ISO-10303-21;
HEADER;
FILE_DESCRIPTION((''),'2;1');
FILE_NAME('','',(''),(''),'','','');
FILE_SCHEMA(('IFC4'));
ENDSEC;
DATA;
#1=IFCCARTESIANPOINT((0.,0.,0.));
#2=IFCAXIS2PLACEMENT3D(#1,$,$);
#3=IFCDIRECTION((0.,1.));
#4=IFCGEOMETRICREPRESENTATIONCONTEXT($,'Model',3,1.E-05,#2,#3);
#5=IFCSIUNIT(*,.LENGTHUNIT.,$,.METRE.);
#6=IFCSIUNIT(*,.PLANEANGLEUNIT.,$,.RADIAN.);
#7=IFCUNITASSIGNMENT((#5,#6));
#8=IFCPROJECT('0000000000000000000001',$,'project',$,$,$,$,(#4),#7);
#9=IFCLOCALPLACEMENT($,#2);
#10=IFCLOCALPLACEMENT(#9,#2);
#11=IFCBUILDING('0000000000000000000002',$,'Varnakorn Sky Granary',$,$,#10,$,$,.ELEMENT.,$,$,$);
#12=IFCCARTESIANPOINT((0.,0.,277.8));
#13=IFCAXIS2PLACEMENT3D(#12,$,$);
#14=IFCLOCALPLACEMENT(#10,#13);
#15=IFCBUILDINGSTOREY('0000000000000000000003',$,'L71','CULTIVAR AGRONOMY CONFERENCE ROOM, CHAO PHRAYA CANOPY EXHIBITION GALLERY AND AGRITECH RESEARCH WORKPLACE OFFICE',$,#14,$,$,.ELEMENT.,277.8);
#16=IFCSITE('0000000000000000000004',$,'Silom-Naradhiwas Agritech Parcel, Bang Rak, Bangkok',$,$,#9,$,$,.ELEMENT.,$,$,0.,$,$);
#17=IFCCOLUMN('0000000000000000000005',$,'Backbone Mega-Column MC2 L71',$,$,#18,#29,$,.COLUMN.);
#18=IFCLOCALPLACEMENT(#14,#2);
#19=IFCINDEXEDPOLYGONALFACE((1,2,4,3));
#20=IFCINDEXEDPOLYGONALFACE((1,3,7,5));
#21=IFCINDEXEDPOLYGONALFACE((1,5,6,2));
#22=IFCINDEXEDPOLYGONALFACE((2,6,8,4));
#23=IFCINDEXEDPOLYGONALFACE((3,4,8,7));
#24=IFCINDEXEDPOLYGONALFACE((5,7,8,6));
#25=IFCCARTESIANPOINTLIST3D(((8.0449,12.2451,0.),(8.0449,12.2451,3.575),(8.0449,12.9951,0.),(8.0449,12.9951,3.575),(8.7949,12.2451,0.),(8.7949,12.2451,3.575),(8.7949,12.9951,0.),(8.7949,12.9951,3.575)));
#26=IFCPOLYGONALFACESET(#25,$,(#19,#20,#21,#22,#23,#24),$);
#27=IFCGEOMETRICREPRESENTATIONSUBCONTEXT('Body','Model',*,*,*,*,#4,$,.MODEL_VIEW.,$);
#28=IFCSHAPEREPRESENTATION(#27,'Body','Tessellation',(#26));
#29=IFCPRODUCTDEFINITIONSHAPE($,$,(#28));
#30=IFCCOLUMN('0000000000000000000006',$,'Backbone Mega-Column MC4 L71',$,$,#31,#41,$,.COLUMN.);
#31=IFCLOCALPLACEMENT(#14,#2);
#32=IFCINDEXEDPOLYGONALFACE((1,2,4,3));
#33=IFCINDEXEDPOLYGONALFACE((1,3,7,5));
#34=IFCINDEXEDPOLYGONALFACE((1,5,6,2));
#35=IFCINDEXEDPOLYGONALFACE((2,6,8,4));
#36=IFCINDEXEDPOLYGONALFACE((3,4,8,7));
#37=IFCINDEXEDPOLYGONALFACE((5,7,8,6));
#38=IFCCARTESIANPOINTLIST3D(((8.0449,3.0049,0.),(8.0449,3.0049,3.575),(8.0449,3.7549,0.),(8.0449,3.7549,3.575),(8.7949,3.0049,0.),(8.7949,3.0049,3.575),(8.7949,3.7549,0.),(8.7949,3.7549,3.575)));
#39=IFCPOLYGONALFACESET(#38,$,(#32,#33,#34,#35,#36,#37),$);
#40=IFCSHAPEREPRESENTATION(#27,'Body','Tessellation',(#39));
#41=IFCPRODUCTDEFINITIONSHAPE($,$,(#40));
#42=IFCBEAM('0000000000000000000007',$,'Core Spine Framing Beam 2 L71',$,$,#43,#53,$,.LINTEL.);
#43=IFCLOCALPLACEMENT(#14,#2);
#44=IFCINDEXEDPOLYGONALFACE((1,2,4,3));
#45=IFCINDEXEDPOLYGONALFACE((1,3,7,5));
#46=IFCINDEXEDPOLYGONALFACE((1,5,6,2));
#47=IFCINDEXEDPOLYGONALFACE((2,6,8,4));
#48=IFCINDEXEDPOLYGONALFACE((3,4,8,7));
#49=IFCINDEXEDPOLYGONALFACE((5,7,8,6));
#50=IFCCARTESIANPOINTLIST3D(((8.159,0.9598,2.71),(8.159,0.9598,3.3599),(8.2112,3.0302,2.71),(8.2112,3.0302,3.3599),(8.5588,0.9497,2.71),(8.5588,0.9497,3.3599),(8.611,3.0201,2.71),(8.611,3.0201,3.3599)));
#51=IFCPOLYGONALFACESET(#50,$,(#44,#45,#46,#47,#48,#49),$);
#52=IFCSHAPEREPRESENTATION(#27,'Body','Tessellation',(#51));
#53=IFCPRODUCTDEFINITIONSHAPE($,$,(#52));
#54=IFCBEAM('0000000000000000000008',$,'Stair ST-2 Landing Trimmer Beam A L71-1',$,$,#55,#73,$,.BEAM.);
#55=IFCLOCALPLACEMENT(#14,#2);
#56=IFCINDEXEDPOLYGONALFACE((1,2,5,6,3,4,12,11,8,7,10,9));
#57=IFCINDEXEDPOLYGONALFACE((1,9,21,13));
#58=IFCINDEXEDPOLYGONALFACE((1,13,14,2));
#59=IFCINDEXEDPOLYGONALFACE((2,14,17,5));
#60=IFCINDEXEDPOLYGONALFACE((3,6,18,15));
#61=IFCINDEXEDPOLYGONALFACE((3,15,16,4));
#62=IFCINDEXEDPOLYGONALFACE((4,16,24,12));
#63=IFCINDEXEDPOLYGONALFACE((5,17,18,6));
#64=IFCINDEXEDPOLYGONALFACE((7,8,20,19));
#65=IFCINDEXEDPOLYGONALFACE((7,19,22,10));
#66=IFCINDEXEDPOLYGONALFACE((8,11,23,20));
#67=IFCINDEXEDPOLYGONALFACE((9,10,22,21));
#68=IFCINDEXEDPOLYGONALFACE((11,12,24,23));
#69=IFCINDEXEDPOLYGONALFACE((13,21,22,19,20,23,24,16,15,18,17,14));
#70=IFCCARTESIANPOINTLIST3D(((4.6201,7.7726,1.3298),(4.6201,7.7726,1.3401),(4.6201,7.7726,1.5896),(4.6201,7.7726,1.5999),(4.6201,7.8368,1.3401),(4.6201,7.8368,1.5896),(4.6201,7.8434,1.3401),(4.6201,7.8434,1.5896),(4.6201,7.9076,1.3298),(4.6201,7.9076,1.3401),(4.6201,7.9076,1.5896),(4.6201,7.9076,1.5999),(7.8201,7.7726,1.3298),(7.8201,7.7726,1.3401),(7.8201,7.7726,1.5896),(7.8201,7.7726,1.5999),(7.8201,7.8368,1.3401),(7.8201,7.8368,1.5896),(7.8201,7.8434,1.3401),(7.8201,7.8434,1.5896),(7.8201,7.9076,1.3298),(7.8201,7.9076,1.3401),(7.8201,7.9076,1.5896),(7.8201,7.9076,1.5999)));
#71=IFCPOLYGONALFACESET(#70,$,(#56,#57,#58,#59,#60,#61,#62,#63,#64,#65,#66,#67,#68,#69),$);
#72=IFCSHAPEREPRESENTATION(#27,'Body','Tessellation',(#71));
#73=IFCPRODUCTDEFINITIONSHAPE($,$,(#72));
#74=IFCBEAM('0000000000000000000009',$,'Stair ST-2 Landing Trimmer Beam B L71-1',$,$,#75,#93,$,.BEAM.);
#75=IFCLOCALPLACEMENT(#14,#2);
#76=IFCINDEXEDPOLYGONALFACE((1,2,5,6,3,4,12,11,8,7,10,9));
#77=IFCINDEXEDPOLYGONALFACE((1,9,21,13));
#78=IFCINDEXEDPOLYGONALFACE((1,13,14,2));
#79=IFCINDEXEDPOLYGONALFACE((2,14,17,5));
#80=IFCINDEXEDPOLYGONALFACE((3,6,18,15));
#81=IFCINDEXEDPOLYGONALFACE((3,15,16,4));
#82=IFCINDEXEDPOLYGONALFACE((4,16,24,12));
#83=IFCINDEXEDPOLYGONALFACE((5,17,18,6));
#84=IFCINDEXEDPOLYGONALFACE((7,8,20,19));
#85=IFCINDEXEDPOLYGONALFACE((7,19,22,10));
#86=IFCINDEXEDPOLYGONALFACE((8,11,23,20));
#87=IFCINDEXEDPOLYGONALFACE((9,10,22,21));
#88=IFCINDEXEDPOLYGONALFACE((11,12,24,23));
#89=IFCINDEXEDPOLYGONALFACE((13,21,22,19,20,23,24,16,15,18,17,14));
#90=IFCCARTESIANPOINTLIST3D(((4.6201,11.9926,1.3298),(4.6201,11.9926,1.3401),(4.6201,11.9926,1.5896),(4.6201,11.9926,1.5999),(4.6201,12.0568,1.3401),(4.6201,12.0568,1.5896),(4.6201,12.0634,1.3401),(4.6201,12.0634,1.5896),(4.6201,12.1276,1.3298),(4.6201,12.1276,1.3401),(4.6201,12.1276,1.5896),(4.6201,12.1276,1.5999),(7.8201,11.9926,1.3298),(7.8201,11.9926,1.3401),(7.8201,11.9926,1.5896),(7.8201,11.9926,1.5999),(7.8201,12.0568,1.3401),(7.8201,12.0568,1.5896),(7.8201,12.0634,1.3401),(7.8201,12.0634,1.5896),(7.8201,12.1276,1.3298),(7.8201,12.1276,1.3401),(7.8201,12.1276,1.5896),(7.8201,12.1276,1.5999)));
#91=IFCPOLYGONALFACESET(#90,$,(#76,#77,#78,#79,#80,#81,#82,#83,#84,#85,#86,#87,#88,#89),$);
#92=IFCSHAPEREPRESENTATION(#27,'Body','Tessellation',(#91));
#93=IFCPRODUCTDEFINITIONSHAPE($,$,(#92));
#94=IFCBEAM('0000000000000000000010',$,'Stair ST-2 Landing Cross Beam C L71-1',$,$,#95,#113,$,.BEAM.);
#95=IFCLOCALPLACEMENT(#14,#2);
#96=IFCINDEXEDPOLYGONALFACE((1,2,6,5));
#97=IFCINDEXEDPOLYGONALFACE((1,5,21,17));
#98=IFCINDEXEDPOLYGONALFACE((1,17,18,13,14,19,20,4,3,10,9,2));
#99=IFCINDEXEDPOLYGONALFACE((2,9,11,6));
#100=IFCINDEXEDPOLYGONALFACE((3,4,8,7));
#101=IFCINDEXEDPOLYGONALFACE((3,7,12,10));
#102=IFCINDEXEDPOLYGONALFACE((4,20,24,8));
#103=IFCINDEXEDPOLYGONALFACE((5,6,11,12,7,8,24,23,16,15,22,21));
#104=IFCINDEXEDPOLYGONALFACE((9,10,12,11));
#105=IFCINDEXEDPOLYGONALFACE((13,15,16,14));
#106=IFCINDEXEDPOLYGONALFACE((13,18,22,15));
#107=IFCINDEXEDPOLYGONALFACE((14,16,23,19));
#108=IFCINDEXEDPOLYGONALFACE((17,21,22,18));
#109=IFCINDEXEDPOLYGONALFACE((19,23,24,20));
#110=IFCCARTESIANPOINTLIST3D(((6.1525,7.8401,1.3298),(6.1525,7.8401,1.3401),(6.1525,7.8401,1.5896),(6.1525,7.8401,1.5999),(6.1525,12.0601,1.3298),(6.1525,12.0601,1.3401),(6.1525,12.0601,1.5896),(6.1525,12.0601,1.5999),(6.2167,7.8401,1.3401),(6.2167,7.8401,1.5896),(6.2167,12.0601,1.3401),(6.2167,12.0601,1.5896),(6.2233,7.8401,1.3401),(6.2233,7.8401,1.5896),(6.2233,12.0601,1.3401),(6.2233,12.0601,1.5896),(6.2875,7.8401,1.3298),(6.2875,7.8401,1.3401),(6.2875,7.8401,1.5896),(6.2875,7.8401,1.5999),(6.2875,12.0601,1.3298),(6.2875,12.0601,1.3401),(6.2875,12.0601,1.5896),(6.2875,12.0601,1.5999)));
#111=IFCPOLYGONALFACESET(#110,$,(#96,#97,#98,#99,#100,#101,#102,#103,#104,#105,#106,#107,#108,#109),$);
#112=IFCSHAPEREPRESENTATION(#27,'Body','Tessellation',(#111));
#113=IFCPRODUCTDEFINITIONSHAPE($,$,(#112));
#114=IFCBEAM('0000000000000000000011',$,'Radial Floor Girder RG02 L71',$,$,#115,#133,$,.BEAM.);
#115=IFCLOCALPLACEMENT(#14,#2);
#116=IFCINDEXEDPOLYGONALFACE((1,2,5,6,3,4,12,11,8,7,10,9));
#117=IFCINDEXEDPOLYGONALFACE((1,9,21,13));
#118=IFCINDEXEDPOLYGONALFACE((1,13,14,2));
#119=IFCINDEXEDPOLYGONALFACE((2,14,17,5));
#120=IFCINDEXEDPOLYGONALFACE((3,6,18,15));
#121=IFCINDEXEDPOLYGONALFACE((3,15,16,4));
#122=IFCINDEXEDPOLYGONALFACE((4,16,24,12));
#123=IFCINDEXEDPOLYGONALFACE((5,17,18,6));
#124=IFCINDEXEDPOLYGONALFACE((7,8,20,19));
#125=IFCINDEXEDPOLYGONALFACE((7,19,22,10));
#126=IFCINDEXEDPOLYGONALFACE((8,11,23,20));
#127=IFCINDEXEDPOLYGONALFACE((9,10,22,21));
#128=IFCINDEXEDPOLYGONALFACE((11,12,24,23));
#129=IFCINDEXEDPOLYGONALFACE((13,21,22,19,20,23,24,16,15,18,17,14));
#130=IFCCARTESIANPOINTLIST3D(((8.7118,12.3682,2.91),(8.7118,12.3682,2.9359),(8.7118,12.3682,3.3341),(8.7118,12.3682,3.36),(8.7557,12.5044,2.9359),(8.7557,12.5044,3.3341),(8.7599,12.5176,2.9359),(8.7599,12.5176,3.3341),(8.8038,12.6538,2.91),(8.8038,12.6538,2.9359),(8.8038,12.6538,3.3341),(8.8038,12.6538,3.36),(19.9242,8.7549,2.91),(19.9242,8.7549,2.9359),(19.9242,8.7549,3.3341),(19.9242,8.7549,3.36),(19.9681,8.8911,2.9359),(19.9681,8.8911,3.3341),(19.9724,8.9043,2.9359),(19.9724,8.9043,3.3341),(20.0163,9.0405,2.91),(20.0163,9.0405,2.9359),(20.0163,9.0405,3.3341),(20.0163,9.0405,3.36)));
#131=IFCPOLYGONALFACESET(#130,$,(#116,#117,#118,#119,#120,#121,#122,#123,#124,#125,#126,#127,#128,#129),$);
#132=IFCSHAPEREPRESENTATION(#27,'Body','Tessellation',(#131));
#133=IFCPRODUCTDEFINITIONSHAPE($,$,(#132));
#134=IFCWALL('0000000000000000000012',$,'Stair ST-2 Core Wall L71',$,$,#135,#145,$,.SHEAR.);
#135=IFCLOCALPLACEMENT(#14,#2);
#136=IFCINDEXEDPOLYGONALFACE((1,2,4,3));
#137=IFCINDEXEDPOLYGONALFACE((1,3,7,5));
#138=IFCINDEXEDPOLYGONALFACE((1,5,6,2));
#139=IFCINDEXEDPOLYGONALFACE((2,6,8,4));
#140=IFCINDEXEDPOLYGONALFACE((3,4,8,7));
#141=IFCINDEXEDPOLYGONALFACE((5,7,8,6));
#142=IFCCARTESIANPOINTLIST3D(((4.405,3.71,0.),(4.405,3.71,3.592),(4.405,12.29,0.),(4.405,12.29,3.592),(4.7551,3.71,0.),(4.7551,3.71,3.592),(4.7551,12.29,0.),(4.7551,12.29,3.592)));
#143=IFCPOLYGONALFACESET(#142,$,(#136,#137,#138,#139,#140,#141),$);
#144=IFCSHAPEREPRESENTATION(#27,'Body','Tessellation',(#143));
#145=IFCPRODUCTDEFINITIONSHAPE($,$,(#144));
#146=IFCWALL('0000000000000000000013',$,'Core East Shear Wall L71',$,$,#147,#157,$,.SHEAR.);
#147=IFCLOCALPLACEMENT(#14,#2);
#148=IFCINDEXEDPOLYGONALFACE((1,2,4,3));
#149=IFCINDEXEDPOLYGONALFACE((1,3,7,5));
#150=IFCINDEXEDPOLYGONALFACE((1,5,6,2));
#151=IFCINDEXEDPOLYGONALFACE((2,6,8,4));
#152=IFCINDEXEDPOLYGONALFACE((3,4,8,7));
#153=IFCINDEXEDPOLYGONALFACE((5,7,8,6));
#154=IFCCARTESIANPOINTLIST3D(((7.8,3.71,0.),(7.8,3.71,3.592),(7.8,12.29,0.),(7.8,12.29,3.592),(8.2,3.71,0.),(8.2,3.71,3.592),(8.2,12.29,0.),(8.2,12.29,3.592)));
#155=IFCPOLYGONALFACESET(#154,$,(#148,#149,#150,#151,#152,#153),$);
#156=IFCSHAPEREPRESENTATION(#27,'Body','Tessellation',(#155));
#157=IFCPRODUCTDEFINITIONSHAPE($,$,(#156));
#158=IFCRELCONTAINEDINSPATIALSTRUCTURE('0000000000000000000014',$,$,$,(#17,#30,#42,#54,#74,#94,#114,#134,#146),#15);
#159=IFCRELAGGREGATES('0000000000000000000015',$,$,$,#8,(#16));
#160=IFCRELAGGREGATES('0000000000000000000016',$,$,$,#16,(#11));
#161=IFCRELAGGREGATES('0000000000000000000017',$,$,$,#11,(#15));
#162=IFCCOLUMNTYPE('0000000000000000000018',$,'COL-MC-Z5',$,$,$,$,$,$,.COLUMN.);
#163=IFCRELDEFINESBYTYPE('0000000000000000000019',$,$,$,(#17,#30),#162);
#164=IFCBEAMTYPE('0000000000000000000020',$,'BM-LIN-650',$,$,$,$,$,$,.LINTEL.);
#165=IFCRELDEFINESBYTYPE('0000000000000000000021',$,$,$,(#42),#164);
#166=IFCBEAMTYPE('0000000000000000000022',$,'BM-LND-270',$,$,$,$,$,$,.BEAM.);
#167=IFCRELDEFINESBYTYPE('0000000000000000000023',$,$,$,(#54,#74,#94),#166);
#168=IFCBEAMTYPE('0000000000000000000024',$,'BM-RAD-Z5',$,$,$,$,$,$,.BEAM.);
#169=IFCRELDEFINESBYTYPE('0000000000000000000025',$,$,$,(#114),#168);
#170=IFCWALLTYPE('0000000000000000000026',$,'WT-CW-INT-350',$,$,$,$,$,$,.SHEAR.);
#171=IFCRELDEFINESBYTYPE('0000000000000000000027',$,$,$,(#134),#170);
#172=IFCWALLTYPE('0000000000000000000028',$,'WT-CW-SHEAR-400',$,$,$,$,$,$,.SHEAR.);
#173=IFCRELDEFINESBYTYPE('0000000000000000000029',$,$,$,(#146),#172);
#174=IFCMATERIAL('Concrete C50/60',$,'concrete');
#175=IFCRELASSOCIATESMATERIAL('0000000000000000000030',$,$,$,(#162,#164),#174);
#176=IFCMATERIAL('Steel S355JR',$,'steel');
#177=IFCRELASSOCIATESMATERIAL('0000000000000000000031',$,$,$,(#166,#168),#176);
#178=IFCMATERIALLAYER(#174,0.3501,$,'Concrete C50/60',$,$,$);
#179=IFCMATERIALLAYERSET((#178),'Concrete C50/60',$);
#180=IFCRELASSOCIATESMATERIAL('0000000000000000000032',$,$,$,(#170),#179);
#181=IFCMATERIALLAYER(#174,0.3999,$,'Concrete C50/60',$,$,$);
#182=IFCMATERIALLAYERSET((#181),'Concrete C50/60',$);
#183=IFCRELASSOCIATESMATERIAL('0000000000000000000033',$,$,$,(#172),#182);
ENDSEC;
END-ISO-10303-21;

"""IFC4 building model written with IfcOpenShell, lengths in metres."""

from ifc_helpers import new_model, si_unit, direction, frame, frame_2d, origin, origin_2d, place, context, subcontext, project, spatial, rectangle, i_section, extrude, material, layer, layer_set, material_profile, profile_set, type_object, element, save


model = new_model("IFC4")

# Units and contexts
model_context = context("Model", 3, precision=1e-05, world=origin(), true_north=direction((0.0, 1.0)))
body_context = subcontext(model_context, "Body", "Model", "MODEL_VIEW")
ifc_project = project(units=[si_unit("LENGTHUNIT", "METRE"), si_unit("PLANEANGLEUNIT", "RADIAN")], contexts=[model_context])

# Site, building, storey
site_placement = place(None, origin())
site = spatial("IfcSite", under=ifc_project, at=site_placement, Name="Silom-Naradhiwas Agritech Parcel, Bang Rak, Bangkok", CompositionType="ELEMENT", RefElevation=0.0)
building_placement = place(site_placement, origin())
building = spatial("IfcBuilding", under=site, at=building_placement, Name="Varnakorn Sky Granary", CompositionType="ELEMENT")
storey_placement = place(building_placement, frame((0.0, 0.0, 277.8)))
storey = spatial("IfcBuildingStorey", under=building, at=storey_placement, Name="L71", Description="CULTIVAR AGRONOMY CONFERENCE ROOM, CHAO PHRAYA CANOPY EXHIBITION GALLERY AND AGRITECH RESEARCH WORKPLACE OFFICE", CompositionType="ELEMENT", Elevation=277.8)

# Columns
ifc_material_1 = material(Name="Concrete C50/60", Category="concrete")
ifc_material_profile_1 = material_profile(ifc_material_1, rectangle(XDim=0.75, YDim=0.75, at=origin_2d()), Name="RC 750x750")
ifc_profile_set_1 = profile_set([ifc_material_profile_1], Name="Concrete C50/60")
column_type = type_object("IfcColumnType", Name="COL-MC-Z5", PredefinedType="COLUMN", material=ifc_profile_set_1)
for number, where, z_axis, x_axis, name in (
    (1, (8.4199, 12.6201, 0.0), (0.0, 0.0, 1.0), (1.0, 0.0, 0.0), "Backbone Mega-Column MC2 L71"),
    (2, (8.4199, 3.3799, 0.0), (0.0, 0.0, 1.0), (1.0, 0.0, 0.0), "Backbone Mega-Column MC4 L71"),
):
    element("IfcColumn", number, at=place(storey_placement, frame(where, z_axis=z_axis, x_axis=x_axis)), inside=storey, type_object=column_type, Name=name, PredefinedType="COLUMN", context=body_context, shape_type="SweptSolid", body=[
        extrude(rectangle(XDim=0.75, YDim=0.75, at=origin_2d()), origin(), (0.0, 0.0, 1.0), 3.575),
    ])

# Beams
ifc_material_profile_2 = material_profile(ifc_material_1, rectangle(XDim=0.3999, YDim=0.6499, at=origin_2d()), Name="RC 400x650")
ifc_profile_set_2 = profile_set([ifc_material_profile_2], Name="Concrete C50/60")
beam_type_1 = type_object("IfcBeamType", Name="BM-LIN-650", PredefinedType="LINTEL", material=ifc_profile_set_2)
beam_1_placement = place(storey_placement, frame((8.4111, 3.0251, 3.0349), z_axis=(-0.025228, -0.999682, 0.0), x_axis=(0.999682, -0.025228, 0.0)))
element("IfcBeam", 3, at=beam_1_placement, inside=storey, type_object=beam_type_1, Name="Core Spine Framing Beam 2 L71", PredefinedType="LINTEL", context=body_context, shape_type="SweptSolid", body=[
    extrude(rectangle(XDim=0.3999, YDim=0.6499, at=origin_2d()), origin(), (0.0, 0.0, 1.0), 2.071),
])
ifc_material_2 = material(Name="Steel S355JR", Category="steel")
ifc_material_profile_3 = material_profile(ifc_material_2, i_section(OverallWidth=0.135, OverallDepth=0.27, WebThickness=0.0066, FlangeThickness=0.0103, at=origin_2d()), Name="IPE 270")
ifc_profile_set_3 = profile_set([ifc_material_profile_3], Name="Steel S355JR")
beam_type_2 = type_object("IfcBeamType", Name="BM-LND-270", PredefinedType="BEAM", material=ifc_profile_set_3)
for number, where, z_axis, x_axis, name in (
    (4, (4.6201, 7.8401, 1.4648), (1.0, 0.0, 0.0), (0.0, 1.0, 0.0), "Stair ST-2 Landing Trimmer Beam A L71-1"),
    (5, (4.6201, 12.0601, 1.4648), (1.0, 0.0, 0.0), (0.0, 1.0, 0.0), "Stair ST-2 Landing Trimmer Beam B L71-1"),
):
    element("IfcBeam", number, at=place(storey_placement, frame(where, z_axis=z_axis, x_axis=x_axis)), inside=storey, type_object=beam_type_2, Name=name, PredefinedType="BEAM", context=body_context, shape_type="SweptSolid", body=[
        extrude(i_section(OverallWidth=0.135, OverallDepth=0.27, WebThickness=0.0066, FlangeThickness=0.0103, at=origin_2d()), origin(), (0.0, 0.0, 1.0), 3.2),
    ])
beam_2_placement = place(storey_placement, frame((6.22, 7.8401, 1.4648), z_axis=(0.0, 1.0, 0.0), x_axis=(-1.0, 0.0, 0.0)))
element("IfcBeam", 6, at=beam_2_placement, inside=storey, type_object=beam_type_2, Name="Stair ST-2 Landing Cross Beam C L71-1", PredefinedType="BEAM", context=body_context, shape_type="SweptSolid", body=[
    extrude(i_section(OverallWidth=0.135, OverallDepth=0.27, WebThickness=0.0066, FlangeThickness=0.0103, at=origin_2d()), origin(), (0.0, 0.0, 1.0), 4.22),
])
ifc_material_profile_4 = material_profile(ifc_material_2, i_section(OverallWidth=0.3, OverallDepth=0.45, WebThickness=0.0139, FlangeThickness=0.0259, at=origin_2d()), Name="HE 450 B")
ifc_profile_set_4 = profile_set([ifc_material_profile_4], Name="Steel S355JR")
beam_type_3 = type_object("IfcBeamType", Name="BM-RAD-Z5", PredefinedType="BEAM", material=ifc_profile_set_4)
beam_3_placement = place(storey_placement, frame((8.7578, 12.511, 3.135), z_axis=(0.951798, -0.306724, 0.0), x_axis=(0.306724, 0.951798, 0.0)))
element("IfcBeam", 7, at=beam_3_placement, inside=storey, type_object=beam_type_3, Name="Radial Floor Girder RG02 L71", PredefinedType="BEAM", context=body_context, shape_type="SweptSolid", body=[
    extrude(i_section(OverallWidth=0.3, OverallDepth=0.45, WebThickness=0.0139, FlangeThickness=0.0259, at=origin_2d()), origin(), (0.0, 0.0, 1.0), 11.7803),
])

# Walls
ifc_layer_1 = layer(ifc_material_1, 0.3501, Name="Concrete C50/60")
ifc_layer_set_1 = layer_set([ifc_layer_1], Name="Concrete C50/60")
wall_type_1 = type_object("IfcWallType", Name="WT-CW-INT-350", PredefinedType="SHEAR", material=ifc_layer_set_1)
wall_1_placement = place(storey_placement, frame((4.5801, 3.71, 0.0), z_axis=(0.0, 0.0, 1.0), x_axis=(0.0, 1.0, 0.0)))
element("IfcWall", 8, at=wall_1_placement, inside=storey, type_object=wall_type_1, Name="Stair ST-2 Core Wall L71", PredefinedType="SHEAR", context=body_context, shape_type="SweptSolid", body=[
    extrude(rectangle(XDim=8.5801, YDim=0.3501, at=frame_2d((4.29, 0.0))), origin(), (0.0, 0.0, 1.0), 3.592),
])
ifc_layer_2 = layer(ifc_material_1, 0.3999, Name="Concrete C50/60")
ifc_layer_set_2 = layer_set([ifc_layer_2], Name="Concrete C50/60")
wall_type_2 = type_object("IfcWallType", Name="WT-CW-SHEAR-400", PredefinedType="SHEAR", material=ifc_layer_set_2)
wall_2_placement = place(storey_placement, frame((8.0, 3.71, 0.0), z_axis=(0.0, 0.0, 1.0), x_axis=(0.0, 1.0, 0.0)))
element("IfcWall", 9, at=wall_2_placement, inside=storey, type_object=wall_type_2, Name="Core East Shear Wall L71", PredefinedType="SHEAR", context=body_context, shape_type="SweptSolid", body=[
    extrude(rectangle(XDim=8.5801, YDim=0.3999, at=frame_2d((4.29, 0.0))), origin(), (0.0, 0.0, 1.0), 3.592),
])

save(model, "model.ifc")
